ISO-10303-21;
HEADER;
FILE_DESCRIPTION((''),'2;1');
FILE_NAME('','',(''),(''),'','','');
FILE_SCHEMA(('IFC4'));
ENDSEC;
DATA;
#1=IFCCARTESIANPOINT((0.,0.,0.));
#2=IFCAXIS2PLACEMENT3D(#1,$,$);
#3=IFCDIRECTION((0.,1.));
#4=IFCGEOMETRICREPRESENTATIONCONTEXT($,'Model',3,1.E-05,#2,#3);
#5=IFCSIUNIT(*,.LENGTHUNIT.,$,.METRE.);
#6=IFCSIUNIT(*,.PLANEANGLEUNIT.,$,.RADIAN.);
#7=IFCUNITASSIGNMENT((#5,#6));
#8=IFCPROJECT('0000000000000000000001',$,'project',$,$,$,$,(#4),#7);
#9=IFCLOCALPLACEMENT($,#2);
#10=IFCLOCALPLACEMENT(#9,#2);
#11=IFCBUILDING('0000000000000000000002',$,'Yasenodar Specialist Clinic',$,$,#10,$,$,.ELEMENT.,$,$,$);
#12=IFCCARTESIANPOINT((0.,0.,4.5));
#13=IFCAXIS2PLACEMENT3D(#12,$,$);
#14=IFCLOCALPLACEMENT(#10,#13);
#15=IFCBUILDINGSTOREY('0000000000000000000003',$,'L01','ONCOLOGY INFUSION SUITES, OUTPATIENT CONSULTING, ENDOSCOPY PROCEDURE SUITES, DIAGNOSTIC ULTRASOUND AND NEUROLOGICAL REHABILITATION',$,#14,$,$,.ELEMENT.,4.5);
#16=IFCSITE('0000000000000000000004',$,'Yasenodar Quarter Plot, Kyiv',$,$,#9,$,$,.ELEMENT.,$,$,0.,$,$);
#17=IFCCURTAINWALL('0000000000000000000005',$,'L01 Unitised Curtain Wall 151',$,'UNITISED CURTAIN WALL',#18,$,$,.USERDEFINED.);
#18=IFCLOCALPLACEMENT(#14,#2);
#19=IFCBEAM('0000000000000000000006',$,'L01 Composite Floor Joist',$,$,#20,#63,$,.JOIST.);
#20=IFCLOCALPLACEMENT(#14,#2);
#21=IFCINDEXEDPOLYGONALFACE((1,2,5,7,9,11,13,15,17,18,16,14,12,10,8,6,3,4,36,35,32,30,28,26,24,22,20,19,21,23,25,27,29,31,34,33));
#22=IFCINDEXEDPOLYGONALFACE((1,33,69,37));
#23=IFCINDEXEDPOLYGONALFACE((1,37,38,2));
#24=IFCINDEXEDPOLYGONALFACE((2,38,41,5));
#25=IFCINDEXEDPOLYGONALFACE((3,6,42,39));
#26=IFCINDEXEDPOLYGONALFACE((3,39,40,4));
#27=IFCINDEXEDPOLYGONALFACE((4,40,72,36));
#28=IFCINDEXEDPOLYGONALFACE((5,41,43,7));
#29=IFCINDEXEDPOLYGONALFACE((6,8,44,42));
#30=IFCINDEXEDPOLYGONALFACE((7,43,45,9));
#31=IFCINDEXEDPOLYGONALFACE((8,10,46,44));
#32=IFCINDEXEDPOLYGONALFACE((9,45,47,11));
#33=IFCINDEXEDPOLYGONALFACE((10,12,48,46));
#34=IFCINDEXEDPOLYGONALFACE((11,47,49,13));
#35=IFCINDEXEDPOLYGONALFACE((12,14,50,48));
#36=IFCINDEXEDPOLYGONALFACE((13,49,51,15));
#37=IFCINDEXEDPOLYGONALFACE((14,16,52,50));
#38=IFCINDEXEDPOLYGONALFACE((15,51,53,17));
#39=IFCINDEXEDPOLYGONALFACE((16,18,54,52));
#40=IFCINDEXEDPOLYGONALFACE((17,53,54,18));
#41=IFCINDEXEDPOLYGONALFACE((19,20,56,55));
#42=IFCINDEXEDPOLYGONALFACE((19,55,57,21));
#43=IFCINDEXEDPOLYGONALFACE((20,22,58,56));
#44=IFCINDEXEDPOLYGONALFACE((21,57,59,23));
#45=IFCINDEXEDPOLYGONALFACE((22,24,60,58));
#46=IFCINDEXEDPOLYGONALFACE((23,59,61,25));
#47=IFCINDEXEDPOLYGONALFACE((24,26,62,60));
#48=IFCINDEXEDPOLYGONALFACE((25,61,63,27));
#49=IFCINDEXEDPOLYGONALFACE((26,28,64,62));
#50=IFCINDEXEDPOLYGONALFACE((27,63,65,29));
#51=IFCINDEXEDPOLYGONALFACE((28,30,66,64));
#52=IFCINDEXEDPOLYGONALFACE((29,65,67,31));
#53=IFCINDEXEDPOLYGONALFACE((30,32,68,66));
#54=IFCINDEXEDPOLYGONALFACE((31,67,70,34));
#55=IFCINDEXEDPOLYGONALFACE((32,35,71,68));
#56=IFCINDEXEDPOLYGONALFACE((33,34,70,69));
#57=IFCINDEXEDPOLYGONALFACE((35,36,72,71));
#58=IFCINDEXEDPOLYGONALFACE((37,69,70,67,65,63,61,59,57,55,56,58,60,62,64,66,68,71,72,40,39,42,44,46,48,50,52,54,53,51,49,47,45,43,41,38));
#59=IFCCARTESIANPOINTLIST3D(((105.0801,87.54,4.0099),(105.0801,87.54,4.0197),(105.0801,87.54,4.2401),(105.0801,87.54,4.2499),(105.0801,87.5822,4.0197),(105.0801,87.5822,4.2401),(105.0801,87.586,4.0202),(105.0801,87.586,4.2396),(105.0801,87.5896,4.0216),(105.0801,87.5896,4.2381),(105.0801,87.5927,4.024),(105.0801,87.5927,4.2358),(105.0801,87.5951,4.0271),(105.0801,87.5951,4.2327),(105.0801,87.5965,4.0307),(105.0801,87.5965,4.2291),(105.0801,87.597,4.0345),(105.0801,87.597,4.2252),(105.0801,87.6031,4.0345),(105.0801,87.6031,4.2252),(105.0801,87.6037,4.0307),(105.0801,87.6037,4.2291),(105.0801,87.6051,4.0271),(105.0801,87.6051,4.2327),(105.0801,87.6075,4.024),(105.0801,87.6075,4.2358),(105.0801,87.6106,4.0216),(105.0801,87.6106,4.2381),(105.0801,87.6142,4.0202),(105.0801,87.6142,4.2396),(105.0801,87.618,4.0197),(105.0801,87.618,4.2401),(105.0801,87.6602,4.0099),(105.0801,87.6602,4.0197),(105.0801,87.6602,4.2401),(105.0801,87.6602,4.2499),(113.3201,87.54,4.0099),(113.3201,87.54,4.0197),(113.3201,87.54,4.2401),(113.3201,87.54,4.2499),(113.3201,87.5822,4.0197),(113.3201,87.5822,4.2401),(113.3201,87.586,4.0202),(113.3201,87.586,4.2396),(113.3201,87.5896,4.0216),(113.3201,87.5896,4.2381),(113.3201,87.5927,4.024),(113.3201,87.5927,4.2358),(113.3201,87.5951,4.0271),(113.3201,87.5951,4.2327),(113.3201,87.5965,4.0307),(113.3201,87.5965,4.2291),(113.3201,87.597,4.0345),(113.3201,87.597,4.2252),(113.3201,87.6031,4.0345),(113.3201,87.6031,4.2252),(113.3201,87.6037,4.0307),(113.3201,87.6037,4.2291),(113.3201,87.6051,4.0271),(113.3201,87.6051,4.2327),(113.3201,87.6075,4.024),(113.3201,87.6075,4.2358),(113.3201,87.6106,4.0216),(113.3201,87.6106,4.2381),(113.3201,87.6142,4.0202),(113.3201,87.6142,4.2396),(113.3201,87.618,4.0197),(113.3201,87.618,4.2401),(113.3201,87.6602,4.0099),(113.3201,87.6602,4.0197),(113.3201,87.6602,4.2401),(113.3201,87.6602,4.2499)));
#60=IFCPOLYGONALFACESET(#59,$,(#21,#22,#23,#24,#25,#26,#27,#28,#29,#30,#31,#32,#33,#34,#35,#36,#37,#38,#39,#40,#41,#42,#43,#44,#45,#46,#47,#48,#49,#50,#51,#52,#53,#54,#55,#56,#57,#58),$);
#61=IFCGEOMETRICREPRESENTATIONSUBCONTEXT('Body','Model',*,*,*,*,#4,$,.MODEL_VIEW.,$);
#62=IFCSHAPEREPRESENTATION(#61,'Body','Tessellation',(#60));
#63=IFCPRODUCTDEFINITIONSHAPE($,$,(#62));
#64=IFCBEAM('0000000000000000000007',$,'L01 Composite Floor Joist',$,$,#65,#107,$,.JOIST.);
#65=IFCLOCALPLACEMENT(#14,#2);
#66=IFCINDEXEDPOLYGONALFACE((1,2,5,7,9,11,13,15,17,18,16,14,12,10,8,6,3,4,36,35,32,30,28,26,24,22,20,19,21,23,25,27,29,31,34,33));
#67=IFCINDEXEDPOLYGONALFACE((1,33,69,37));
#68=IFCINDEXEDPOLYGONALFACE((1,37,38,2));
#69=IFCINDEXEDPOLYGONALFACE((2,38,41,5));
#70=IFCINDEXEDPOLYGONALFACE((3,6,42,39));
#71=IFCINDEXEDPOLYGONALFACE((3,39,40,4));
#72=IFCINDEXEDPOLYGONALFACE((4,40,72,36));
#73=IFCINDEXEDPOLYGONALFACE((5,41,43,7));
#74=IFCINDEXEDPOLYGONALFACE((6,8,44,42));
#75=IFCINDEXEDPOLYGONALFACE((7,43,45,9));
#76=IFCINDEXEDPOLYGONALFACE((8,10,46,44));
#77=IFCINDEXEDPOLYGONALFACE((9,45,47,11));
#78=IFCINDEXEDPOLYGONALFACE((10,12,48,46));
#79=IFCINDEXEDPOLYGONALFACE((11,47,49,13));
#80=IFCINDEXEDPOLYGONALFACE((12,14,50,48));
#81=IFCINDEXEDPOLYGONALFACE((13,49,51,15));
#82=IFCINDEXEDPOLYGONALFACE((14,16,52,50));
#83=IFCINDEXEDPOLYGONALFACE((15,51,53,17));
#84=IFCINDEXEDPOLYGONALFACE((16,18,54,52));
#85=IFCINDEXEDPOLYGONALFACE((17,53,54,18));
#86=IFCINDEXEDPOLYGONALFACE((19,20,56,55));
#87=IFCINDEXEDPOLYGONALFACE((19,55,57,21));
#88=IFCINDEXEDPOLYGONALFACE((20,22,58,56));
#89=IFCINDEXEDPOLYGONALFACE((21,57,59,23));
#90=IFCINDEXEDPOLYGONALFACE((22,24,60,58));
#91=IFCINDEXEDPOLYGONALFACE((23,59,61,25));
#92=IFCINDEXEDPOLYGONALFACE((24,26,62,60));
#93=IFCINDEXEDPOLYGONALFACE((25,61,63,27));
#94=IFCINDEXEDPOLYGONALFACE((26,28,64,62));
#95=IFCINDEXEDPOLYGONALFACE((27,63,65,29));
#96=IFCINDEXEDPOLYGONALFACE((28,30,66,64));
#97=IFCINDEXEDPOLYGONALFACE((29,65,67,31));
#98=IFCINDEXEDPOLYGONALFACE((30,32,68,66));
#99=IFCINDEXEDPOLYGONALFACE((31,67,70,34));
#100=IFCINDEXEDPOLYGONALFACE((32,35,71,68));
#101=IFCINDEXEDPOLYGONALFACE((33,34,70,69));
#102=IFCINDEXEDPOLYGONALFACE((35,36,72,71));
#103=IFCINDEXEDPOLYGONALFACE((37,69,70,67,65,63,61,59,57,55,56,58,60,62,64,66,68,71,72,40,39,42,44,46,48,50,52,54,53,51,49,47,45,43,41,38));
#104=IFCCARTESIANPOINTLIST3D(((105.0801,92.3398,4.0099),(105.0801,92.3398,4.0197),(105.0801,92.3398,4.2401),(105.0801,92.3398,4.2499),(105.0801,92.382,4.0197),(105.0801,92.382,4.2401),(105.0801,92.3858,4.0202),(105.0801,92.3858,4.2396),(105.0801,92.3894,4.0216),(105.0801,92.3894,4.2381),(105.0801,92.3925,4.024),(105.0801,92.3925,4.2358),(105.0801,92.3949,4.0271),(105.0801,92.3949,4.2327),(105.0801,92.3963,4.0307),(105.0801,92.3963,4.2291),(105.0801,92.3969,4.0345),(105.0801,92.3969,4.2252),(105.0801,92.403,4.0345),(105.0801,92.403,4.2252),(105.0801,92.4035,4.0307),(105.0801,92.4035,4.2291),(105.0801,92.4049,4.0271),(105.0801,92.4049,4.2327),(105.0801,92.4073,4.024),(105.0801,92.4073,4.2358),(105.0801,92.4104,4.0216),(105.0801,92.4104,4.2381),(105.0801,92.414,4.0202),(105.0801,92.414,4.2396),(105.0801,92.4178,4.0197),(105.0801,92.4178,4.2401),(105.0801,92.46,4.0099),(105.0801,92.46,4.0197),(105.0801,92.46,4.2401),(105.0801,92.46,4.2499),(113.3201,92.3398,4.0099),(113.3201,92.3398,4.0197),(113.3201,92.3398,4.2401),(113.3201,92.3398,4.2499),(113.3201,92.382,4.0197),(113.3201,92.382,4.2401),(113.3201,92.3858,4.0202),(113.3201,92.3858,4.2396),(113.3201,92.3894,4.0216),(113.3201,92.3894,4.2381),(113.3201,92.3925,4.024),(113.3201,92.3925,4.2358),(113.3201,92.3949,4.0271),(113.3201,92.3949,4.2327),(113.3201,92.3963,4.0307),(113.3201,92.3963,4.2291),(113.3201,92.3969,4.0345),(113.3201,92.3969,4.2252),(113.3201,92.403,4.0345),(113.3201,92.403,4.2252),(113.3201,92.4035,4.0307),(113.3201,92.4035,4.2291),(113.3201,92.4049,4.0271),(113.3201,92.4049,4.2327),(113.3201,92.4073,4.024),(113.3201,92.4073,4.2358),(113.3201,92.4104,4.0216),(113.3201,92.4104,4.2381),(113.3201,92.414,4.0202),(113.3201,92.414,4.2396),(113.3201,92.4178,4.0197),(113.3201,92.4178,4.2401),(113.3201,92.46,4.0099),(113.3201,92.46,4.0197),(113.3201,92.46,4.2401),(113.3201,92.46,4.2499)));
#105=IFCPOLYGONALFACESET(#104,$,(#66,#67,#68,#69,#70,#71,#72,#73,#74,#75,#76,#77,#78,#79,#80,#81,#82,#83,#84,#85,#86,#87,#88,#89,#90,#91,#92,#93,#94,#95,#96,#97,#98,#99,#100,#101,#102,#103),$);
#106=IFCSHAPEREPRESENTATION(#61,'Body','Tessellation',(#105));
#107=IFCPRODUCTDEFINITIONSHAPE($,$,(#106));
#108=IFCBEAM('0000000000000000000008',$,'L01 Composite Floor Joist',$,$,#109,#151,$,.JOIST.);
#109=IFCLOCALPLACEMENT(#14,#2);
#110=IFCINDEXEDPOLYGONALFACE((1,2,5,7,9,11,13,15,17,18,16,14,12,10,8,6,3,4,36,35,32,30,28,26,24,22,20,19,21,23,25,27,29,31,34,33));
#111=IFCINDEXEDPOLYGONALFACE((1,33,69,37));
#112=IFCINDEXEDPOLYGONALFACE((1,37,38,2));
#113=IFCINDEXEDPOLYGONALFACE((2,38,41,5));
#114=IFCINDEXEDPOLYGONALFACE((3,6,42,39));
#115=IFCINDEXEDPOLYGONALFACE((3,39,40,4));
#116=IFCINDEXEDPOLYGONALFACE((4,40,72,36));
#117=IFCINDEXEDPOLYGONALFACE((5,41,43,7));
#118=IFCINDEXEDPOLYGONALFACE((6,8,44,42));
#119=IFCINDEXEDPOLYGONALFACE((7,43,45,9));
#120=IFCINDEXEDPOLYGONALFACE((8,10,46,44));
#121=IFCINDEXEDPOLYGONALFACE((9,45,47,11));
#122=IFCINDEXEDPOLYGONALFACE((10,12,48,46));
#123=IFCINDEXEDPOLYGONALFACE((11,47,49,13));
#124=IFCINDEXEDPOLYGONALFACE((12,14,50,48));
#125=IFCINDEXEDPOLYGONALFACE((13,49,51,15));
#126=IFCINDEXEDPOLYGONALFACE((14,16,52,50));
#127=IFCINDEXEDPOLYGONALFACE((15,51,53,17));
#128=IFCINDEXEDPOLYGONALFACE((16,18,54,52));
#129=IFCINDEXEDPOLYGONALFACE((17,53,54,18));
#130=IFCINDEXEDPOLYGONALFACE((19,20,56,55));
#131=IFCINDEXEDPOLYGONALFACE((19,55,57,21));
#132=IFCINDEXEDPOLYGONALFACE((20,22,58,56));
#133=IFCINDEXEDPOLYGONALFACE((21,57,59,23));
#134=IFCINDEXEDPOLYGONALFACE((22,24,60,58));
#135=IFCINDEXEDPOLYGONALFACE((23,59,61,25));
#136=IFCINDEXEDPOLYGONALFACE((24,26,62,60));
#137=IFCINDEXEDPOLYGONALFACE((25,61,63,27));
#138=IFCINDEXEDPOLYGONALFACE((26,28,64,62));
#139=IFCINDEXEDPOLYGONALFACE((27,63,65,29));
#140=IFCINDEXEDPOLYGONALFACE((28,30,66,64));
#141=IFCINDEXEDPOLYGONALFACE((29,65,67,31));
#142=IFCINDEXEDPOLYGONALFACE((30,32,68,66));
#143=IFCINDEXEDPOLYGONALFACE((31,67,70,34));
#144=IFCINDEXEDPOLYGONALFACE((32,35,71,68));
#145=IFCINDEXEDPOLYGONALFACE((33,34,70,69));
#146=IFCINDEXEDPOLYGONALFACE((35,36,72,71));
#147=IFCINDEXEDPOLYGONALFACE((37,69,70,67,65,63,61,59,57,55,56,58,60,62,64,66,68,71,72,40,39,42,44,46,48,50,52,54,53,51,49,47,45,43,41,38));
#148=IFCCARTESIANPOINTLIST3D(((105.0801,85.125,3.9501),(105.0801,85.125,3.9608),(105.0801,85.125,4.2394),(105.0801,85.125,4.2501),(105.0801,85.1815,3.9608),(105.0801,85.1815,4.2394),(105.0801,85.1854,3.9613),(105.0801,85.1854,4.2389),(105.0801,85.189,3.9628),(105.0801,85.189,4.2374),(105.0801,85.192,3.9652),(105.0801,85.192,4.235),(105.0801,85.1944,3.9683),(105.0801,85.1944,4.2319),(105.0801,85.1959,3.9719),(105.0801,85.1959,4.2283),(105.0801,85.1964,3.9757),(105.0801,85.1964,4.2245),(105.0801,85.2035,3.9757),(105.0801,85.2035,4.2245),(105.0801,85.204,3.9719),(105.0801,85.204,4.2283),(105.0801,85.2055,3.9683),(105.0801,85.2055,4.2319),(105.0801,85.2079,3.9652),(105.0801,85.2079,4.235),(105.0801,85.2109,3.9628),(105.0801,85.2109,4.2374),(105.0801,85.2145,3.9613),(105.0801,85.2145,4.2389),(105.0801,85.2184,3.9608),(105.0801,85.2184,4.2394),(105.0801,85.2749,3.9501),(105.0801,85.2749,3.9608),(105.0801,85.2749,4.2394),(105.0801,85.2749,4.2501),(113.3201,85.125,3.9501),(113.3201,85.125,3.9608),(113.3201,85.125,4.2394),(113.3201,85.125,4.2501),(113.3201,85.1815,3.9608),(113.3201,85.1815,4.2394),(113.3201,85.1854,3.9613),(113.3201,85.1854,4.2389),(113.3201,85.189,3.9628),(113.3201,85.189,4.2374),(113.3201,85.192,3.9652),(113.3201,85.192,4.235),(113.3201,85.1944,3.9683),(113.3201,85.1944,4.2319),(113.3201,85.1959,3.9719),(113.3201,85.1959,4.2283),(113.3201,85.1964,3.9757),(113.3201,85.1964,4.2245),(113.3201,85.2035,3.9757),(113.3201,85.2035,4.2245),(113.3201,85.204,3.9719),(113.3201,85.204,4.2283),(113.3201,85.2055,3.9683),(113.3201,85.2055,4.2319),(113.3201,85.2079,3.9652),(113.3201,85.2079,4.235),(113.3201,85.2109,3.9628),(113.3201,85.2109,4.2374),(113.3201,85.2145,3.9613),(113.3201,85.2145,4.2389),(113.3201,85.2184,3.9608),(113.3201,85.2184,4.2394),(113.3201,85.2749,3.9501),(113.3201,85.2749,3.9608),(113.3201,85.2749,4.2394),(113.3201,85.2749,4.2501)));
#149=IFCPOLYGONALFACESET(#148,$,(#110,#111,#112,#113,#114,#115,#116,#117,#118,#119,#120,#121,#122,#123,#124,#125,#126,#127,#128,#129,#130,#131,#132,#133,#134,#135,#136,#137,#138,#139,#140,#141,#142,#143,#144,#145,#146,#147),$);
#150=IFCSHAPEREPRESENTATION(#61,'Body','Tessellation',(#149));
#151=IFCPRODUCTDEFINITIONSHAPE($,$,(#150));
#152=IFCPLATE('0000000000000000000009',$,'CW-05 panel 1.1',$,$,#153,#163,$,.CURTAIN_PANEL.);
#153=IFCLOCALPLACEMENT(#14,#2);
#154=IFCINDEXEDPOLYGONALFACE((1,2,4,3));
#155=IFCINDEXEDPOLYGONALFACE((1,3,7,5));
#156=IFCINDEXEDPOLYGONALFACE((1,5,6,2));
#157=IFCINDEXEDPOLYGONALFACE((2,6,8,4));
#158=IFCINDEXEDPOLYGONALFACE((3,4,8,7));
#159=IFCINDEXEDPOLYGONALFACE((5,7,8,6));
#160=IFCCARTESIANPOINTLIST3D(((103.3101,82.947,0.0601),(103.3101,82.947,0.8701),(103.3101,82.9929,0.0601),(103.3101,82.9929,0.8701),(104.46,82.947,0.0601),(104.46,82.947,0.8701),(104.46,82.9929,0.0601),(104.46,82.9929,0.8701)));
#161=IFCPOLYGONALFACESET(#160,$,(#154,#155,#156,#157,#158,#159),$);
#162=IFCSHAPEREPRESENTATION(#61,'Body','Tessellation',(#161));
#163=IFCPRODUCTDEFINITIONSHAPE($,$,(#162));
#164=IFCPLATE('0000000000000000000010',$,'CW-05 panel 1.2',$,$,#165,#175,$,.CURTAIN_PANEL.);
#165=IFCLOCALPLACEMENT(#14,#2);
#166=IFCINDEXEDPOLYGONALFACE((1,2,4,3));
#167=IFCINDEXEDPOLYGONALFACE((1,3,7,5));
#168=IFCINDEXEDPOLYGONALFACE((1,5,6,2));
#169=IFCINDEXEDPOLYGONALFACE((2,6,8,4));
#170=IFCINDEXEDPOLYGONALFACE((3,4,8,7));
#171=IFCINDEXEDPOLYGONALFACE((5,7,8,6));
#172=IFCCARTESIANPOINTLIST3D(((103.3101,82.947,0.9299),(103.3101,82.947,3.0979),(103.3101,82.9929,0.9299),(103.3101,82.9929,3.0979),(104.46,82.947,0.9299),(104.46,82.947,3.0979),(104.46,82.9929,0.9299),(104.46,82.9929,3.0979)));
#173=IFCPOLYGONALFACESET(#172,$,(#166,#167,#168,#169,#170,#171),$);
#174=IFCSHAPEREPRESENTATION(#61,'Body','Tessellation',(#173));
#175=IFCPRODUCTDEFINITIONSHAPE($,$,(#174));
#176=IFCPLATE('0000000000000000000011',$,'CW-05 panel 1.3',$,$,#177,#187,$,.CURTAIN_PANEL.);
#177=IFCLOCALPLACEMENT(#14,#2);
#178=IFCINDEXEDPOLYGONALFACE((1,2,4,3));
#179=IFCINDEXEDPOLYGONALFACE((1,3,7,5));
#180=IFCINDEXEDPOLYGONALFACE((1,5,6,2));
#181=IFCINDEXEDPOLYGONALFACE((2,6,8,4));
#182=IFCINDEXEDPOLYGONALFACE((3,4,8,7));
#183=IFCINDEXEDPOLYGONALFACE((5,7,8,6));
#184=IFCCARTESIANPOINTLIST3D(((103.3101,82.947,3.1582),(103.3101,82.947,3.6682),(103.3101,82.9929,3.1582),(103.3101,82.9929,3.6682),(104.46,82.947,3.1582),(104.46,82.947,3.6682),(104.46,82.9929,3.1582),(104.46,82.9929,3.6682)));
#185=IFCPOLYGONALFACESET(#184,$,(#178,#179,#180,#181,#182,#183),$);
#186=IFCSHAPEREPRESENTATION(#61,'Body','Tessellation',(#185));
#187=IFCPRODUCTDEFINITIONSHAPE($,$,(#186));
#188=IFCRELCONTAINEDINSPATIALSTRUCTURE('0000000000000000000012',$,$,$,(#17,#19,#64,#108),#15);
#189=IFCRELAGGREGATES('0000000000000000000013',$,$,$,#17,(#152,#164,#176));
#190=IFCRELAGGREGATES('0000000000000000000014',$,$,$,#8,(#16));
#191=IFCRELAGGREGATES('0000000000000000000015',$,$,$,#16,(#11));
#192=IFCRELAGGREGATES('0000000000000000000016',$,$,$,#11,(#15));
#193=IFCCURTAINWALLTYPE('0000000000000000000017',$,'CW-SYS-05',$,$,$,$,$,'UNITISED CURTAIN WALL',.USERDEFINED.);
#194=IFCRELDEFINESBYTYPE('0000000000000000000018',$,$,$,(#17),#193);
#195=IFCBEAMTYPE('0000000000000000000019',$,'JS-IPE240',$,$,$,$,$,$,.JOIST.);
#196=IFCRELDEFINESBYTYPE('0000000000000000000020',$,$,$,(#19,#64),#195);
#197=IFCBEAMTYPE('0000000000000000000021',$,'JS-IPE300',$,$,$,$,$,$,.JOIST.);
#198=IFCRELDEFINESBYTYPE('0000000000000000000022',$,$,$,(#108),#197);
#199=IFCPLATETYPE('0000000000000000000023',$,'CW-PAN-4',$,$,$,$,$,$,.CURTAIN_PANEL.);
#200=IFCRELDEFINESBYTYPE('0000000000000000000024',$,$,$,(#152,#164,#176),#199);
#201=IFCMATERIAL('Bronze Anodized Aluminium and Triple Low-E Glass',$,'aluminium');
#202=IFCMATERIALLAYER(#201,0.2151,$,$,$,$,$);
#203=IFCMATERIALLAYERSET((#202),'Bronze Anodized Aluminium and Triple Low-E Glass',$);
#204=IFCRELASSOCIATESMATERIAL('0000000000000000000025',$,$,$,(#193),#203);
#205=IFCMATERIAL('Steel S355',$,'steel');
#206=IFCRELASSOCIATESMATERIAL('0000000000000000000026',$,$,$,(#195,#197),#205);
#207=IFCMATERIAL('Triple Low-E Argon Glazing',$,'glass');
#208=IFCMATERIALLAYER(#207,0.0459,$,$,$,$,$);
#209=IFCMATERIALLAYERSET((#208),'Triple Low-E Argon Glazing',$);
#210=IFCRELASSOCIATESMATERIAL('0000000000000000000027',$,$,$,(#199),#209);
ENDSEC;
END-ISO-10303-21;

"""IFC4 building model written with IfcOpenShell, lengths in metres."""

from ifc_helpers import new_model, si_unit, direction, frame, origin, origin_2d, place, context, subcontext, project, spatial, rectangle, i_section, extrude, material, layer, layer_set, material_profile, profile_set, type_object, element, aggregate, save


model = new_model("IFC4")

# Units and contexts
model_context = context("Model", 3, precision=1e-05, world=origin(), true_north=direction((0.0, 1.0)))
body_context = subcontext(model_context, "Body", "Model", "MODEL_VIEW")
ifc_project = project(units=[si_unit("LENGTHUNIT", "METRE"), si_unit("PLANEANGLEUNIT", "RADIAN")], contexts=[model_context])

# Site, building, storey
site_placement = place(None, origin())
site = spatial("IfcSite", under=ifc_project, at=site_placement, Name="Yasenodar Quarter Plot, Kyiv", CompositionType="ELEMENT", RefElevation=0.0)
building_placement = place(site_placement, origin())
building = spatial("IfcBuilding", under=site, at=building_placement, Name="Yasenodar Specialist Clinic", CompositionType="ELEMENT")
storey_placement = place(building_placement, frame((0.0, 0.0, 4.5)))
storey = spatial("IfcBuildingStorey", under=building, at=storey_placement, Name="L01", Description="ONCOLOGY INFUSION SUITES, OUTPATIENT CONSULTING, ENDOSCOPY PROCEDURE SUITES, DIAGNOSTIC ULTRASOUND AND NEUROLOGICAL REHABILITATION", CompositionType="ELEMENT", Elevation=4.5)

# Shared definitions
ifc_material_1 = material(Name="Steel S355", Category="steel")

# Curtain wall
ifc_material_2 = material(Name="Bronze Anodized Aluminium and Triple Low-E Glass", Category="aluminium")
ifc_layer_1 = layer(ifc_material_2, 0.2151)
ifc_layer_set_1 = layer_set([ifc_layer_1], Name="Bronze Anodized Aluminium and Triple Low-E Glass")
curtain_wall_type = type_object("IfcCurtainWallType", Name="CW-SYS-05", ElementType="UNITISED CURTAIN WALL", PredefinedType="USERDEFINED", material=ifc_layer_set_1)
curtain_wall_placement = place(storey_placement, origin())
curtain_wall = element("IfcCurtainWall", 1, at=curtain_wall_placement, inside=storey, type_object=curtain_wall_type, Name="L01 Unitised Curtain Wall 151", ObjectType="UNITISED CURTAIN WALL", PredefinedType="USERDEFINED")

# Beams
ifc_material_profile_1 = material_profile(ifc_material_1, i_section(OverallWidth=0.1201, OverallDepth=0.24, WebThickness=0.0061, FlangeThickness=0.0098, FilletRadius=0.0149, at=origin_2d()), Name="IPE 240")
ifc_profile_set_1 = profile_set([ifc_material_profile_1], Name="Steel S355")
beam_type_1 = type_object("IfcBeamType", Name="JS-IPE240", PredefinedType="JOIST", material=ifc_profile_set_1)
for number, where, z_axis, x_axis, name in (
    (2, (105.0801, 87.6001, 4.1299), (1.0, 0.0, 0.0), (0.0, 1.0, 0.0), "L01 Composite Floor Joist"),
    (3, (105.0801, 92.3999, 4.1299), (1.0, 0.0, 0.0), (0.0, 1.0, 0.0), "L01 Composite Floor Joist"),
):
    element("IfcBeam", number, at=place(storey_placement, frame(where, z_axis=z_axis, x_axis=x_axis)), inside=storey, type_object=beam_type_1, Name=name, PredefinedType="JOIST", context=body_context, shape_type="SweptSolid", body=[
        extrude(i_section(OverallWidth=0.1201, OverallDepth=0.24, WebThickness=0.0061, FlangeThickness=0.0098, FilletRadius=0.0149, at=origin_2d()), origin(), (0.0, 0.0, 1.0), 8.24),
    ])
ifc_material_profile_2 = material_profile(ifc_material_1, i_section(OverallWidth=0.1499, OverallDepth=0.3, WebThickness=0.0071, FlangeThickness=0.0107, FilletRadius=0.0149, at=origin_2d()), Name="IPE 300")
ifc_profile_set_2 = profile_set([ifc_material_profile_2], Name="Steel S355")
beam_type_2 = type_object("IfcBeamType", Name="JS-IPE300", PredefinedType="JOIST", material=ifc_profile_set_2)
beam_1_placement = place(storey_placement, frame((105.0801, 85.2, 4.1001), z_axis=(1.0, 0.0, 0.0), x_axis=(0.0, 1.0, 0.0)))
element("IfcBeam", 4, at=beam_1_placement, inside=storey, type_object=beam_type_2, Name="L01 Composite Floor Joist", PredefinedType="JOIST", context=body_context, shape_type="SweptSolid", body=[
    extrude(i_section(OverallWidth=0.1499, OverallDepth=0.3, WebThickness=0.0071, FlangeThickness=0.0107, FilletRadius=0.0149, at=origin_2d()), origin(), (0.0, 0.0, 1.0), 8.24),
])

# Plates
ifc_material_3 = material(Name="Triple Low-E Argon Glazing", Category="glass")
ifc_layer_2 = layer(ifc_material_3, 0.0459)
ifc_layer_set_2 = layer_set([ifc_layer_2], Name="Triple Low-E Argon Glazing")
plate_type = type_object("IfcPlateType", Name="CW-PAN-4", PredefinedType="CURTAIN_PANEL", material=ifc_layer_set_2)
plate_1_placement = place(storey_placement, frame((103.885, 82.97, 0.0601), z_axis=(0.0, 0.0, 1.0), x_axis=(-1.0, 0.0, 0.0)))
plate_1 = element("IfcPlate", 5, at=plate_1_placement, type_object=plate_type, Name="CW-05 panel 1.1", PredefinedType="CURTAIN_PANEL", context=body_context, shape_type="SweptSolid", body=[
    extrude(rectangle(XDim=1.1499, YDim=0.0459, at=origin_2d()), origin(), (0.0, 0.0, 1.0), 0.8101),
])
plate_2_placement = place(storey_placement, frame((103.885, 82.97, 0.9299), z_axis=(0.0, 0.0, 1.0), x_axis=(-1.0, 0.0, 0.0)))
plate_2 = element("IfcPlate", 6, at=plate_2_placement, type_object=plate_type, Name="CW-05 panel 1.2", PredefinedType="CURTAIN_PANEL", context=body_context, shape_type="SweptSolid", body=[
    extrude(rectangle(XDim=1.1499, YDim=0.0459, at=origin_2d()), origin(), (0.0, 0.0, 1.0), 2.168),
])
plate_3_placement = place(storey_placement, frame((103.885, 82.97, 3.1582), z_axis=(0.0, 0.0, 1.0), x_axis=(-1.0, 0.0, 0.0)))
plate_3 = element("IfcPlate", 7, at=plate_3_placement, type_object=plate_type, Name="CW-05 panel 1.3", PredefinedType="CURTAIN_PANEL", context=body_context, shape_type="SweptSolid", body=[
    extrude(rectangle(XDim=1.1499, YDim=0.0459, at=origin_2d()), origin(), (0.0, 0.0, 1.0), 0.51),
])
aggregate(curtain_wall, [plate_1, plate_2, plate_3])

save(model, "model.ifc")
